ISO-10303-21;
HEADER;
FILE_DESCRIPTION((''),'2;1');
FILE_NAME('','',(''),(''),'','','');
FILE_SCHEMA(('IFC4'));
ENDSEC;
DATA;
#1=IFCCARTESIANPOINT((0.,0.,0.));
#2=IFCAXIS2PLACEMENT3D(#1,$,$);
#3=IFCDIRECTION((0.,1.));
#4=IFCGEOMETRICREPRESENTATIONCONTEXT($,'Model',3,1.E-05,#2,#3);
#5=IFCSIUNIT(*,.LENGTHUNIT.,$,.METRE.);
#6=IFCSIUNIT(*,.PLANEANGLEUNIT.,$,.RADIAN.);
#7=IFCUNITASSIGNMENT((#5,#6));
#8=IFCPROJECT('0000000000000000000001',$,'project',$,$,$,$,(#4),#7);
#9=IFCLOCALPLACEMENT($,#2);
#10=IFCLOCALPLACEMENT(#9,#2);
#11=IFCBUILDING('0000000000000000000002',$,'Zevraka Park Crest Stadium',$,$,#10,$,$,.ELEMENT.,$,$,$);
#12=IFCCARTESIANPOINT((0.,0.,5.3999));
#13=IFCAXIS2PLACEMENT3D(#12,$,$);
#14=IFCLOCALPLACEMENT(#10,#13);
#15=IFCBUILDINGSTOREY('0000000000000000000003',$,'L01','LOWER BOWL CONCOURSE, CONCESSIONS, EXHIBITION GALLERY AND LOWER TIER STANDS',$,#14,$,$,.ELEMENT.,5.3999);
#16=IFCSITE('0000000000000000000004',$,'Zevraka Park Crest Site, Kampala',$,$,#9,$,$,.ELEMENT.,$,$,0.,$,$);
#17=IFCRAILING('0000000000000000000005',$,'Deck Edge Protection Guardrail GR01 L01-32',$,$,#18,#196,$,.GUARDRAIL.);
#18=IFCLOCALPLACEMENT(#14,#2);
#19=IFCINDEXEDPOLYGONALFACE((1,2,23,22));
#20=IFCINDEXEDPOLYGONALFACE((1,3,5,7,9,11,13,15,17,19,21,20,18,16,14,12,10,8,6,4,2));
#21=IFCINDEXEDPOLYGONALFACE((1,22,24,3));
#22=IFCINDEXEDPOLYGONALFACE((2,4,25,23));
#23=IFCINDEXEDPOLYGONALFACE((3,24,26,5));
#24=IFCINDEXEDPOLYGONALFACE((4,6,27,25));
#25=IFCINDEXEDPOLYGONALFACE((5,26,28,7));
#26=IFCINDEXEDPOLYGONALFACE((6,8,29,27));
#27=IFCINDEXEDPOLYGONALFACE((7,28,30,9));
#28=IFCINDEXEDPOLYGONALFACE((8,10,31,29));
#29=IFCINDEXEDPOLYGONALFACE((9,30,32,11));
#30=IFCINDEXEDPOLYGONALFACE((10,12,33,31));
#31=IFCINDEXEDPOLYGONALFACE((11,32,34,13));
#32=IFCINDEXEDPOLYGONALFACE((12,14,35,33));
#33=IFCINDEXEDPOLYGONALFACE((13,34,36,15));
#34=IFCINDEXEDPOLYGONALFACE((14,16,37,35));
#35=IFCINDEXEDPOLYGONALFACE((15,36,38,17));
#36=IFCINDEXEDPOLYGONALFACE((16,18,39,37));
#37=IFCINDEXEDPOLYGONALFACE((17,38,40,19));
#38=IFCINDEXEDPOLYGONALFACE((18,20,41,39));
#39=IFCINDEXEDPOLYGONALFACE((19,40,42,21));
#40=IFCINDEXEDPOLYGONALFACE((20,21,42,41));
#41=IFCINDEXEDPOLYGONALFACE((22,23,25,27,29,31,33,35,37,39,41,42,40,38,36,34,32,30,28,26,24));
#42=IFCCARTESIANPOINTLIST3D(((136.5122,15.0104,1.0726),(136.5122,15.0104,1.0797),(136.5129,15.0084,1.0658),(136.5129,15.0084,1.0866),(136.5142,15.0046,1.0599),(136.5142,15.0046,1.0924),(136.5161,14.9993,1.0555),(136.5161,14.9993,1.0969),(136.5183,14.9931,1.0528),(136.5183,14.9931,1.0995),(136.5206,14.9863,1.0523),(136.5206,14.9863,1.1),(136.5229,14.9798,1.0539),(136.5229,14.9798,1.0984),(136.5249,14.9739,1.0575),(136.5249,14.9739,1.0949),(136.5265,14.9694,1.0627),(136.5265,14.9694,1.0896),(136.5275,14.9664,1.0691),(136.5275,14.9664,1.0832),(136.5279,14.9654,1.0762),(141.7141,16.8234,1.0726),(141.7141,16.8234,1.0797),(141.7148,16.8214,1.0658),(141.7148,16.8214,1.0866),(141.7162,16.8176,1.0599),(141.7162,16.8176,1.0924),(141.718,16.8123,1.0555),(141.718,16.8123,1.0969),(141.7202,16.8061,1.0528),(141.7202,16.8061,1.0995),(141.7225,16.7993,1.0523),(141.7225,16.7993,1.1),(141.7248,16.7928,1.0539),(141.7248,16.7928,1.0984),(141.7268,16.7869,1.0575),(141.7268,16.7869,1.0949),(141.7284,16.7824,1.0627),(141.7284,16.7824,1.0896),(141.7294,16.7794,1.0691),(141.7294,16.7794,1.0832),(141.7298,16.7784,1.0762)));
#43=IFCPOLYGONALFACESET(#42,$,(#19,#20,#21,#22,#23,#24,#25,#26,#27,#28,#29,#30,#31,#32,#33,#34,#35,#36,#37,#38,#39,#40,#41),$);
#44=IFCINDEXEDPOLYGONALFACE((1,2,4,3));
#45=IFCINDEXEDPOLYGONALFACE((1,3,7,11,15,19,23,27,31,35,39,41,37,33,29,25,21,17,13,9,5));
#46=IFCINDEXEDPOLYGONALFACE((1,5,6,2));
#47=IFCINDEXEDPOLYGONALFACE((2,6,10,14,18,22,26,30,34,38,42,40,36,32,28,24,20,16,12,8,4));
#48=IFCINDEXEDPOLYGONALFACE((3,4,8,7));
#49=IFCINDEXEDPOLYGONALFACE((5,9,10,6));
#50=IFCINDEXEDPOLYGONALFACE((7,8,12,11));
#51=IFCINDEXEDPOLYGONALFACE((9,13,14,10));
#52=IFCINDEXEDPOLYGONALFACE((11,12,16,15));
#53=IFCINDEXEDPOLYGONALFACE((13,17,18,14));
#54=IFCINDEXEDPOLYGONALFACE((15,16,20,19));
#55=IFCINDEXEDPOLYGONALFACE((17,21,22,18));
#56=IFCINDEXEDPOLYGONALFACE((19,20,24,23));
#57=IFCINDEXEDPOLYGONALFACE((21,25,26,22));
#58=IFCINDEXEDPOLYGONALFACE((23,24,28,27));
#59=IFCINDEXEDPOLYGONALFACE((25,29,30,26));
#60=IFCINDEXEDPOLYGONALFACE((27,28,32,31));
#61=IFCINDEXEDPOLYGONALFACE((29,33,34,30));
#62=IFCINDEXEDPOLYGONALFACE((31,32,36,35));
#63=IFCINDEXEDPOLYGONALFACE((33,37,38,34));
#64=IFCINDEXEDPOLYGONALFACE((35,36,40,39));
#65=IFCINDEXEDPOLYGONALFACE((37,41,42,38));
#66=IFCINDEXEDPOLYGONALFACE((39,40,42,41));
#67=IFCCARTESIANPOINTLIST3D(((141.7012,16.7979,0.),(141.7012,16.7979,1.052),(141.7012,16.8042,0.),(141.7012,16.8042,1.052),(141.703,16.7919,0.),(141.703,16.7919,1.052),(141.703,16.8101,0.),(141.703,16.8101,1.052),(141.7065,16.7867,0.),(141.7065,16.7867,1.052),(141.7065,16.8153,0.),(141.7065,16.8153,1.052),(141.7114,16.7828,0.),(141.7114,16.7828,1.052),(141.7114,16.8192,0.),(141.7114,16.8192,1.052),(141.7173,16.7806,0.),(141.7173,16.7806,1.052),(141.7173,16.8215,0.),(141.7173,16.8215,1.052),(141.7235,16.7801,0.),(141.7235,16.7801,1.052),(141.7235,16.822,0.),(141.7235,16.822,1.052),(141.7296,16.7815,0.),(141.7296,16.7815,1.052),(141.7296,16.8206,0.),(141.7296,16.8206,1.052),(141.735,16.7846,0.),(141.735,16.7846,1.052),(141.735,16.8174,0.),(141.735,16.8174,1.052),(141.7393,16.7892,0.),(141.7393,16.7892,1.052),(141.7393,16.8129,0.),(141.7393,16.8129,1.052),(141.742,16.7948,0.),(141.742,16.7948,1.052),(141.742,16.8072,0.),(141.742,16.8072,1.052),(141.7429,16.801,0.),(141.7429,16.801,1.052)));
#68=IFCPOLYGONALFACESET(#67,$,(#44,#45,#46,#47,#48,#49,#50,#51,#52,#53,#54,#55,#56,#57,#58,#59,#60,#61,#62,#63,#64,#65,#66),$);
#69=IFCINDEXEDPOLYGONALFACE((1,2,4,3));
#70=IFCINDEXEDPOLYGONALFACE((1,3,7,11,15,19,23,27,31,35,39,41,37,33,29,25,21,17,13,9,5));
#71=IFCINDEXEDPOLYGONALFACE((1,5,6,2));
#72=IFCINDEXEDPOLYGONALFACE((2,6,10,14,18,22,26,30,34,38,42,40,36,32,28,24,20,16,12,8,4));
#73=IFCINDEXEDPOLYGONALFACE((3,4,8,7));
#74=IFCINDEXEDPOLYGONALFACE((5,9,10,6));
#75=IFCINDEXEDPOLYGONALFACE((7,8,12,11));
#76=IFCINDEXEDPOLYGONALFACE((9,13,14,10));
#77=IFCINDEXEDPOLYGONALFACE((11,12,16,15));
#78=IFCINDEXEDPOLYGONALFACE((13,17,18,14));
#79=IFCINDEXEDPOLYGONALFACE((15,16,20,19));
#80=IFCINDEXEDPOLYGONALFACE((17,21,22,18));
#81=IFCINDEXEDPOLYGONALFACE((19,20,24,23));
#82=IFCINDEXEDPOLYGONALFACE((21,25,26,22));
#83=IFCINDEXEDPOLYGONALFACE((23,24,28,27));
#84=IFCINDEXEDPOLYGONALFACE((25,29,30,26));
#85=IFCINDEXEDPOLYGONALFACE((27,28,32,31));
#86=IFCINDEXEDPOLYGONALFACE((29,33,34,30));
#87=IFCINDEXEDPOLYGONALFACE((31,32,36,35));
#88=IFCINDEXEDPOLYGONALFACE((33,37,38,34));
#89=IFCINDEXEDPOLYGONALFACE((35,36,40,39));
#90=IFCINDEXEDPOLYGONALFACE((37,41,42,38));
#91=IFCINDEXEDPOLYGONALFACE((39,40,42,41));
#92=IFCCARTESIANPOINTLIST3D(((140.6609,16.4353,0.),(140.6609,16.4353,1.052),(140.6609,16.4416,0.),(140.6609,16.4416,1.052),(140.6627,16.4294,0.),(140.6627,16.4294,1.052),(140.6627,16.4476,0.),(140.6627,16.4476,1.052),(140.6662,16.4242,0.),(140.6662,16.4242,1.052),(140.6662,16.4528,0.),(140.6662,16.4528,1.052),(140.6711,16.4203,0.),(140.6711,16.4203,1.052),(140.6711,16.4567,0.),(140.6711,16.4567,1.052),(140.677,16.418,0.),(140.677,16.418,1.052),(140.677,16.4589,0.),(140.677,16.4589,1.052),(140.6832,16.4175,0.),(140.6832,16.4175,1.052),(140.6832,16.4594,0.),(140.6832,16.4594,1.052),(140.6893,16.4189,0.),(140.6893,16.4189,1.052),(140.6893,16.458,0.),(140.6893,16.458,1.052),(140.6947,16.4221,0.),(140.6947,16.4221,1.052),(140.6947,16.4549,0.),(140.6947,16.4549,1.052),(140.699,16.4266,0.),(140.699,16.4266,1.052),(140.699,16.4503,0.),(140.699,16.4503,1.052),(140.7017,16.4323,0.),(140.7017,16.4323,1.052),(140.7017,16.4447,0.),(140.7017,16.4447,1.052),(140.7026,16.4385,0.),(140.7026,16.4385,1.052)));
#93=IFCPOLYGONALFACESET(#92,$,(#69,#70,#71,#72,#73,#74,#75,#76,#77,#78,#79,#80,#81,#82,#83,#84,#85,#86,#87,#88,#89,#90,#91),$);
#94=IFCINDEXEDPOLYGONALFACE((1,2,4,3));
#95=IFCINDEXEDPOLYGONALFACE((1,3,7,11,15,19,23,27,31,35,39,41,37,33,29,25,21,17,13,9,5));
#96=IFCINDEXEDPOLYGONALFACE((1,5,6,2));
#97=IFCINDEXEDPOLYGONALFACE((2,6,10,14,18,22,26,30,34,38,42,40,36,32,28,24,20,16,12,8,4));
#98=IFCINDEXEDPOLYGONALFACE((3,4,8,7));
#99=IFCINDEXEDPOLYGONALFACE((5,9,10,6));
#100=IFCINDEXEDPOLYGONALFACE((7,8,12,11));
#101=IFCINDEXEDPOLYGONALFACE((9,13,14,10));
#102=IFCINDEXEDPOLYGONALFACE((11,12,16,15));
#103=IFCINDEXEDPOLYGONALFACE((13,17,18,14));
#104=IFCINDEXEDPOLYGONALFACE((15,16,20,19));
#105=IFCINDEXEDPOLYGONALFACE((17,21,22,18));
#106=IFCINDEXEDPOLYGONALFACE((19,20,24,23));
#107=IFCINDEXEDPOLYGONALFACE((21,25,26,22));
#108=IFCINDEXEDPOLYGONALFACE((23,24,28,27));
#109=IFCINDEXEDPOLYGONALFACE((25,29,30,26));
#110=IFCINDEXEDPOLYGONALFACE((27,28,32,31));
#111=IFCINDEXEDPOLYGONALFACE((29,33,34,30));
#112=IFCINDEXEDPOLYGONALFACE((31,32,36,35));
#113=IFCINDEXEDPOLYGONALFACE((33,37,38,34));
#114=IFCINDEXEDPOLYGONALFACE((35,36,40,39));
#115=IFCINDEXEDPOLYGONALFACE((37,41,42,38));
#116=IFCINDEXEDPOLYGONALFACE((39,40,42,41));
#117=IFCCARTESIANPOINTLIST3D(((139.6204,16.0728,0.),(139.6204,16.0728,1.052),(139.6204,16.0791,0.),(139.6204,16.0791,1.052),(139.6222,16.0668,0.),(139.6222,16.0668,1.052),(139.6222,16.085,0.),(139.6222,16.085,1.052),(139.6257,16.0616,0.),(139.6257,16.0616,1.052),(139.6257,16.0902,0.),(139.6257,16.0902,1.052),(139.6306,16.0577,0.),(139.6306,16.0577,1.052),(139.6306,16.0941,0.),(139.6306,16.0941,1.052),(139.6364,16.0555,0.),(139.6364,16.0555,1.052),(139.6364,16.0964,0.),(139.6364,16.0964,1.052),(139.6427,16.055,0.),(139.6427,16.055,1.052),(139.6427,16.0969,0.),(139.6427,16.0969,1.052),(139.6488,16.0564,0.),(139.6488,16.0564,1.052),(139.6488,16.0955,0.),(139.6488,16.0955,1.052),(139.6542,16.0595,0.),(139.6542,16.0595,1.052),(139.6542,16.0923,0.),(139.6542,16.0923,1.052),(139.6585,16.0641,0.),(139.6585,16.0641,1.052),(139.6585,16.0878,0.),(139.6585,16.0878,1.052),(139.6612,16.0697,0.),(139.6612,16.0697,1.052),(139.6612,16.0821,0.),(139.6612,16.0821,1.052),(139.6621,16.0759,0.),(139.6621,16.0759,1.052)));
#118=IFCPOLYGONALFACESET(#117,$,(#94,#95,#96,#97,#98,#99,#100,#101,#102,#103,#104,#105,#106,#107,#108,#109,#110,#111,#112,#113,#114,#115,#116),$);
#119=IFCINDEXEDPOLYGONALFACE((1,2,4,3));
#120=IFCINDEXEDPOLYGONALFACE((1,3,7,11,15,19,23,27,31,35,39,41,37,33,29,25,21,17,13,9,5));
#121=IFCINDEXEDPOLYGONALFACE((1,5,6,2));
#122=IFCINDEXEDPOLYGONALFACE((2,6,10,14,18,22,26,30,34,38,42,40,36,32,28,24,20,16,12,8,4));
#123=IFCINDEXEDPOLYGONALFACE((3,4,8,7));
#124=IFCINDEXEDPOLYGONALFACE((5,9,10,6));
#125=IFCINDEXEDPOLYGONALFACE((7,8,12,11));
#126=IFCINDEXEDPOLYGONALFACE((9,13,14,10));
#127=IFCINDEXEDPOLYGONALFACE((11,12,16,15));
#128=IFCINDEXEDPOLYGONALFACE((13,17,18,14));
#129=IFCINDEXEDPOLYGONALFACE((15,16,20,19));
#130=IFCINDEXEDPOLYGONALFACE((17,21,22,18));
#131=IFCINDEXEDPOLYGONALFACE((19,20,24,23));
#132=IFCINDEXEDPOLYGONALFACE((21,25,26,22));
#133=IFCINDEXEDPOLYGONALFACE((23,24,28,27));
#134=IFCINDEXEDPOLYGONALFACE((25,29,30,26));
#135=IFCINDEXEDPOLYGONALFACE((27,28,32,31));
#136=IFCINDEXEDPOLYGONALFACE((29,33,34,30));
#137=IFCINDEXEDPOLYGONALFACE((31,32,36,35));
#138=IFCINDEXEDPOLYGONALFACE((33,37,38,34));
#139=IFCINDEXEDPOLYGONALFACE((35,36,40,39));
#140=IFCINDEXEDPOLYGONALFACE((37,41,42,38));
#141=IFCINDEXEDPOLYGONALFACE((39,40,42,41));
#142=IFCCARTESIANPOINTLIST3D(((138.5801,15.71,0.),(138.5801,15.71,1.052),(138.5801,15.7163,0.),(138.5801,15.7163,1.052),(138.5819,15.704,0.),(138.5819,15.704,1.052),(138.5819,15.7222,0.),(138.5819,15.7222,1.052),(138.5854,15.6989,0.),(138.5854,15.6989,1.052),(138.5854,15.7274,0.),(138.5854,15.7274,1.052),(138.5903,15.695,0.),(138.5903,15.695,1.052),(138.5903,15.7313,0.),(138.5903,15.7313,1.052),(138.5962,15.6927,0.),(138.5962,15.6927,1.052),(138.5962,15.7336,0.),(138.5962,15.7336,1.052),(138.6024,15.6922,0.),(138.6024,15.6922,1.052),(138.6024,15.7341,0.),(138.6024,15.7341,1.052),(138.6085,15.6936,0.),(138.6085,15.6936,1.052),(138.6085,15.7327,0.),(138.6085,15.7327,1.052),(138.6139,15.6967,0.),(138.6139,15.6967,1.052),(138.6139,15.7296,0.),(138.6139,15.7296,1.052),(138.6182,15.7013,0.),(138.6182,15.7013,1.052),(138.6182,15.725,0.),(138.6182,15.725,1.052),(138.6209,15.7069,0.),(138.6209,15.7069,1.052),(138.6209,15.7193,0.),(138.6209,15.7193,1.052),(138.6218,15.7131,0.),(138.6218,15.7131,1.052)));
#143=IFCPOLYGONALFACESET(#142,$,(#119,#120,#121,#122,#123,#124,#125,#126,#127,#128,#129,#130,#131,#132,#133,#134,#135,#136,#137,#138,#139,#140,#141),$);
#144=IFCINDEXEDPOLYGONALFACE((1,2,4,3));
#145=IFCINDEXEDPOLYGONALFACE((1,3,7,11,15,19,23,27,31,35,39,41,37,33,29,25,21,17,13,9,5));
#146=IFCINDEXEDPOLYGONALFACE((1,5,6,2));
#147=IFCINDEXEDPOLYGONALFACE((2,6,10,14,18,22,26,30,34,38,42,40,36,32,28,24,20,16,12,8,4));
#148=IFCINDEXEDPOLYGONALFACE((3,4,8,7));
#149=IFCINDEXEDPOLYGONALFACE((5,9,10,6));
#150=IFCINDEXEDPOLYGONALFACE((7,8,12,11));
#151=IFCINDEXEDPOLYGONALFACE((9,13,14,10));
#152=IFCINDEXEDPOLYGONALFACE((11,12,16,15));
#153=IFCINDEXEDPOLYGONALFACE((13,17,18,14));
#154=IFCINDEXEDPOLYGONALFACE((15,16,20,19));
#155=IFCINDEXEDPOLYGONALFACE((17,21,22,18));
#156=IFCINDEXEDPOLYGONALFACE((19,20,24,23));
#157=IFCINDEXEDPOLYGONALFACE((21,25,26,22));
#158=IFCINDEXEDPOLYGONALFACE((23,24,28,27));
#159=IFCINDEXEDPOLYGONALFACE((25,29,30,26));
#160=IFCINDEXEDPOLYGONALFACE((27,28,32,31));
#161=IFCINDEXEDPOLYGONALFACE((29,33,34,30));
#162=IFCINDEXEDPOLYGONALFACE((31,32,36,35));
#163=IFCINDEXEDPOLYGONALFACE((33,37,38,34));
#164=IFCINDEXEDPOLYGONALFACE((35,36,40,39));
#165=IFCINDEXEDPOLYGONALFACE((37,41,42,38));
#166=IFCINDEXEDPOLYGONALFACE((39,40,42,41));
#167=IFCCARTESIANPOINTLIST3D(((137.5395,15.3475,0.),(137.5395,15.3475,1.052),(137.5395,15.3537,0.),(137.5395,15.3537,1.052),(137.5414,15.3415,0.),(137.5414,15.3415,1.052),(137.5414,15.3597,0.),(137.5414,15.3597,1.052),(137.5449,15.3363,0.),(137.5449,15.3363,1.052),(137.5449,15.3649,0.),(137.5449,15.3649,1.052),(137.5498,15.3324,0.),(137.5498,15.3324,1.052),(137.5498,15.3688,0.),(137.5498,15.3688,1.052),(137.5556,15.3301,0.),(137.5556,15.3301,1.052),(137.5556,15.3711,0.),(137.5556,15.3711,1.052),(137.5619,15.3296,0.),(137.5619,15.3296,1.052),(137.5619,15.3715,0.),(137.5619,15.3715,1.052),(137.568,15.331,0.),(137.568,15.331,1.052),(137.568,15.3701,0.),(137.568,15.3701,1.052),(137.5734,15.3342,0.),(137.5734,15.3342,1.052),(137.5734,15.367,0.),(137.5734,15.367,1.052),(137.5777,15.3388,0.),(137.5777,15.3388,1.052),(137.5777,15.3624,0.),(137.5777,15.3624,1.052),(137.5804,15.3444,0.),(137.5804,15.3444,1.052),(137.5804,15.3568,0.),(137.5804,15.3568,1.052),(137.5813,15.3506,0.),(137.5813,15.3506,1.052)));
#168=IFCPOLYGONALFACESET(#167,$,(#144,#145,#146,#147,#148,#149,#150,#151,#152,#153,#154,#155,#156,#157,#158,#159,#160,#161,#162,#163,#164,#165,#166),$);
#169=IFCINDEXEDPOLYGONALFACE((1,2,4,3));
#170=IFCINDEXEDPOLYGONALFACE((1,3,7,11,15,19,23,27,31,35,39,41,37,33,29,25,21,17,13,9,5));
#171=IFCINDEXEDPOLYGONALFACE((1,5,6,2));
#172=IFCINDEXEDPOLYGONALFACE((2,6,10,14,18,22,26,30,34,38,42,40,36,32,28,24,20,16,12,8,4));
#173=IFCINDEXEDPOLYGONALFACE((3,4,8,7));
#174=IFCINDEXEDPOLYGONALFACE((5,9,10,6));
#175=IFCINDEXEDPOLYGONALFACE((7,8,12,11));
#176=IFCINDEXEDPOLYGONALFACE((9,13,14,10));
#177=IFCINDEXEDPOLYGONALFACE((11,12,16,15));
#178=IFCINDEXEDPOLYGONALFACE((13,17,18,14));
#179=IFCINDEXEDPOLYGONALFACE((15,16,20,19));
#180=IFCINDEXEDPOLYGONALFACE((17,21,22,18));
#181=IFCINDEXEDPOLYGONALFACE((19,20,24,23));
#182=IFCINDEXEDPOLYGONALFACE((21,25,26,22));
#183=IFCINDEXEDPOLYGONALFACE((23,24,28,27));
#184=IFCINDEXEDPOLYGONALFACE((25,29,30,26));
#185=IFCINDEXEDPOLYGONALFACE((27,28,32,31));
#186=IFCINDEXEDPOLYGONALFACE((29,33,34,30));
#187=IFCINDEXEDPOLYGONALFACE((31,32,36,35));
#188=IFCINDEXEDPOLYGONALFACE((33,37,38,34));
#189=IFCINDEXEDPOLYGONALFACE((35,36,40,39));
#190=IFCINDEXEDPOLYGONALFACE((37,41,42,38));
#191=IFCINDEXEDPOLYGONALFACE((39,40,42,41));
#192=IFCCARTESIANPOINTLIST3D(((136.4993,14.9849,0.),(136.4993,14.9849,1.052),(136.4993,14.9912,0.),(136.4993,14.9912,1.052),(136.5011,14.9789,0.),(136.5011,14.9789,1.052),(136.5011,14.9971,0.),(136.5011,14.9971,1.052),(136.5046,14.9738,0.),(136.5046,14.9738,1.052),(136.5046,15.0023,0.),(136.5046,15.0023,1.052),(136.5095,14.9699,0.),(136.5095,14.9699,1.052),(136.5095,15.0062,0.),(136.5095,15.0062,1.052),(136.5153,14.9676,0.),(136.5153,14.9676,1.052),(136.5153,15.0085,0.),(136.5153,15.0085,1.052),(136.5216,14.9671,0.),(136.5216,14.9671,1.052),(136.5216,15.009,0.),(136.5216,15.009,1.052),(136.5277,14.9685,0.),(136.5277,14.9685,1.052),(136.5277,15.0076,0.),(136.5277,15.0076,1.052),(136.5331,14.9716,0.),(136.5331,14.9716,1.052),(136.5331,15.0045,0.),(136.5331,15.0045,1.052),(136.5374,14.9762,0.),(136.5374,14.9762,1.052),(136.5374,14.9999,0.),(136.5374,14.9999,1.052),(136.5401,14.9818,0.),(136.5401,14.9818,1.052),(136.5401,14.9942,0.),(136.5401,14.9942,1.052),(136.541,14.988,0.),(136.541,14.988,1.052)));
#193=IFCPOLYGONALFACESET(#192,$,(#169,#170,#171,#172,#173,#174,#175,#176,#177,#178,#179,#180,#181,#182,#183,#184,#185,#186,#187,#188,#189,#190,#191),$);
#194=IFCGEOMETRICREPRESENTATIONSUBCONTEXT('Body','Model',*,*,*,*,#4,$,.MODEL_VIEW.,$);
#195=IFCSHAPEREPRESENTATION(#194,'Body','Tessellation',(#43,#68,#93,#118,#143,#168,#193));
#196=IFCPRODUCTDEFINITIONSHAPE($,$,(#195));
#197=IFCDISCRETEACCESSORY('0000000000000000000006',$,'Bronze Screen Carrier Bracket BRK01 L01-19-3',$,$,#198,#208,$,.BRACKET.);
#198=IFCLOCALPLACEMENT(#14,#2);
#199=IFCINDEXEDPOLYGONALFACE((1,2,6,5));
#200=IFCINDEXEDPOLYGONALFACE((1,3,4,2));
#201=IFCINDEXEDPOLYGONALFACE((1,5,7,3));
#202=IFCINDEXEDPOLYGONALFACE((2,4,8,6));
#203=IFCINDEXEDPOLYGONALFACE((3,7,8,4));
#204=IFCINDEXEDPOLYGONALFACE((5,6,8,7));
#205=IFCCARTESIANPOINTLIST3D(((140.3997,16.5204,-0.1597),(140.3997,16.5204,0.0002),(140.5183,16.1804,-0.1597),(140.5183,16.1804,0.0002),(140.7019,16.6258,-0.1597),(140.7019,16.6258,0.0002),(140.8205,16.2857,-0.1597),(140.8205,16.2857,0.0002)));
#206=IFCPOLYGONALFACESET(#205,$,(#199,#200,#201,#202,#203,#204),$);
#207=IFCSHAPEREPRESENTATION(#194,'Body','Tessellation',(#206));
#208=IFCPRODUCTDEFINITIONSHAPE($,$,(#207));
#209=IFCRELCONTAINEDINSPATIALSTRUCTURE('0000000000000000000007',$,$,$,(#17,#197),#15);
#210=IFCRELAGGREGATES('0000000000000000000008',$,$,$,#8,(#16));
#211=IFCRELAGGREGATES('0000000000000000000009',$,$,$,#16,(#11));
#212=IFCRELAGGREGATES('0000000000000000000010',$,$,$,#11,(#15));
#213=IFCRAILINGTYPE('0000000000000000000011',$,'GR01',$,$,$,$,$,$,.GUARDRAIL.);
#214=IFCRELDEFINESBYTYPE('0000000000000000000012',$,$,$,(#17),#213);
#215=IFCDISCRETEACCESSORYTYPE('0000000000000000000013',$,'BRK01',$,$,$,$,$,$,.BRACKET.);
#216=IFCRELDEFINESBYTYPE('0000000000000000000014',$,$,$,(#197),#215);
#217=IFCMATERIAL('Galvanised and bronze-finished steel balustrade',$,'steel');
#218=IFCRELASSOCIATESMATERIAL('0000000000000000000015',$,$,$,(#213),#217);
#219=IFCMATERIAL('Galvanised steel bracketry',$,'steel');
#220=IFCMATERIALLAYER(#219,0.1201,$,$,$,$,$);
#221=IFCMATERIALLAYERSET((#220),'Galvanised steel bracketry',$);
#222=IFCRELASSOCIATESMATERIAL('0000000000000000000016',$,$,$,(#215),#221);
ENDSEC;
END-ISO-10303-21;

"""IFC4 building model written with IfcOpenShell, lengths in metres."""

from ifc_helpers import new_model, si_unit, direction, frame, origin, origin_2d, place, context, subcontext, project, spatial, rectangle, circle, extrude, material, layer, layer_set, type_object, element, save


model = new_model("IFC4")

# Units and contexts
model_context = context("Model", 3, precision=1e-05, world=origin(), true_north=direction((0.0, 1.0)))
body_context = subcontext(model_context, "Body", "Model", "MODEL_VIEW")
ifc_project = project(units=[si_unit("LENGTHUNIT", "METRE"), si_unit("PLANEANGLEUNIT", "RADIAN")], contexts=[model_context])

# Site, building, storey
site_placement = place(None, origin())
site = spatial("IfcSite", under=ifc_project, at=site_placement, Name="Zevraka Park Crest Site, Kampala", CompositionType="ELEMENT", RefElevation=0.0)
building_placement = place(site_placement, origin())
building = spatial("IfcBuilding", under=site, at=building_placement, Name="Zevraka Park Crest Stadium", CompositionType="ELEMENT")
storey_placement = place(building_placement, frame((0.0, 0.0, 5.3999)))
storey = spatial("IfcBuildingStorey", under=building, at=storey_placement, Name="L01", Description="LOWER BOWL CONCOURSE, CONCESSIONS, EXHIBITION GALLERY AND LOWER TIER STANDS", CompositionType="ELEMENT", Elevation=5.3999)

# Railing
ifc_material_1 = material(Name="Galvanised and bronze-finished steel balustrade", Category="steel")
railing_type = type_object("IfcRailingType", Name="GR01", PredefinedType="GUARDRAIL", material=ifc_material_1)
railing_placement = place(storey_placement, frame((141.7219, 16.801, 0.0)))
element("IfcRailing", 1, at=railing_placement, inside=storey, type_object=railing_type, Name="Deck Edge Protection Guardrail GR01 L01-32", PredefinedType="GUARDRAIL", context=body_context, shape_type="SweptSolid", body=[
    extrude(circle(Radius=0.0239, at=origin_2d()), frame((0.0, 0.0, 1.0762), z_axis=(-0.944292, -0.329108, 0.0), x_axis=(0.329108, -0.944292, 0.0)), (0.0, 0.0, 1.0), 5.5088),
    extrude(circle(Radius=0.021, at=origin_2d()), origin(), (0.0, 0.0, 1.0), 1.052),
    extrude(circle(Radius=0.021, at=origin_2d()), frame((-1.0403, -0.3625, 0.0)), (0.0, 0.0, 1.0), 1.052),
    extrude(circle(Radius=0.021, at=origin_2d()), frame((-2.0808, -0.7251, 0.0)), (0.0, 0.0, 1.0), 1.052),
    extrude(circle(Radius=0.021, at=origin_2d()), frame((-3.1211, -1.0879, 0.0)), (0.0, 0.0, 1.0), 1.052),
    extrude(circle(Radius=0.021, at=origin_2d()), frame((-4.1616, -1.4504, 0.0)), (0.0, 0.0, 1.0), 1.052),
    extrude(circle(Radius=0.021, at=origin_2d()), frame((-5.2019, -1.813, 0.0)), (0.0, 0.0, 1.0), 1.052),
])

# Discrete accessory
ifc_material_2 = material(Name="Galvanised steel bracketry", Category="steel")
ifc_layer_1 = layer(ifc_material_2, 0.1201)
ifc_layer_set_1 = layer_set([ifc_layer_1], Name="Galvanised steel bracketry")
discrete_accessory_type = type_object("IfcDiscreteAccessoryType", Name="BRK01", PredefinedType="BRACKET", material=ifc_layer_set_1)
for number, where, z_axis, x_axis, name in (
    (2, (140.6101, 16.4031, -0.1597), (0.0, 0.0, 1.0), (0.944262, 0.329196, 0.0), "Bronze Screen Carrier Bracket BRK01 L01-19-3"),
):
    element("IfcDiscreteAccessory", number, at=place(storey_placement, frame(where, z_axis=z_axis, x_axis=x_axis)), inside=storey, type_object=discrete_accessory_type, Name=name, PredefinedType="BRACKET", context=body_context, shape_type="SweptSolid", body=[
        extrude(rectangle(XDim=0.3201, YDim=0.3601, at=origin_2d()), origin(), (0.0, 0.0, 1.0), 0.1599),
    ])

save(model, "model.ifc")
